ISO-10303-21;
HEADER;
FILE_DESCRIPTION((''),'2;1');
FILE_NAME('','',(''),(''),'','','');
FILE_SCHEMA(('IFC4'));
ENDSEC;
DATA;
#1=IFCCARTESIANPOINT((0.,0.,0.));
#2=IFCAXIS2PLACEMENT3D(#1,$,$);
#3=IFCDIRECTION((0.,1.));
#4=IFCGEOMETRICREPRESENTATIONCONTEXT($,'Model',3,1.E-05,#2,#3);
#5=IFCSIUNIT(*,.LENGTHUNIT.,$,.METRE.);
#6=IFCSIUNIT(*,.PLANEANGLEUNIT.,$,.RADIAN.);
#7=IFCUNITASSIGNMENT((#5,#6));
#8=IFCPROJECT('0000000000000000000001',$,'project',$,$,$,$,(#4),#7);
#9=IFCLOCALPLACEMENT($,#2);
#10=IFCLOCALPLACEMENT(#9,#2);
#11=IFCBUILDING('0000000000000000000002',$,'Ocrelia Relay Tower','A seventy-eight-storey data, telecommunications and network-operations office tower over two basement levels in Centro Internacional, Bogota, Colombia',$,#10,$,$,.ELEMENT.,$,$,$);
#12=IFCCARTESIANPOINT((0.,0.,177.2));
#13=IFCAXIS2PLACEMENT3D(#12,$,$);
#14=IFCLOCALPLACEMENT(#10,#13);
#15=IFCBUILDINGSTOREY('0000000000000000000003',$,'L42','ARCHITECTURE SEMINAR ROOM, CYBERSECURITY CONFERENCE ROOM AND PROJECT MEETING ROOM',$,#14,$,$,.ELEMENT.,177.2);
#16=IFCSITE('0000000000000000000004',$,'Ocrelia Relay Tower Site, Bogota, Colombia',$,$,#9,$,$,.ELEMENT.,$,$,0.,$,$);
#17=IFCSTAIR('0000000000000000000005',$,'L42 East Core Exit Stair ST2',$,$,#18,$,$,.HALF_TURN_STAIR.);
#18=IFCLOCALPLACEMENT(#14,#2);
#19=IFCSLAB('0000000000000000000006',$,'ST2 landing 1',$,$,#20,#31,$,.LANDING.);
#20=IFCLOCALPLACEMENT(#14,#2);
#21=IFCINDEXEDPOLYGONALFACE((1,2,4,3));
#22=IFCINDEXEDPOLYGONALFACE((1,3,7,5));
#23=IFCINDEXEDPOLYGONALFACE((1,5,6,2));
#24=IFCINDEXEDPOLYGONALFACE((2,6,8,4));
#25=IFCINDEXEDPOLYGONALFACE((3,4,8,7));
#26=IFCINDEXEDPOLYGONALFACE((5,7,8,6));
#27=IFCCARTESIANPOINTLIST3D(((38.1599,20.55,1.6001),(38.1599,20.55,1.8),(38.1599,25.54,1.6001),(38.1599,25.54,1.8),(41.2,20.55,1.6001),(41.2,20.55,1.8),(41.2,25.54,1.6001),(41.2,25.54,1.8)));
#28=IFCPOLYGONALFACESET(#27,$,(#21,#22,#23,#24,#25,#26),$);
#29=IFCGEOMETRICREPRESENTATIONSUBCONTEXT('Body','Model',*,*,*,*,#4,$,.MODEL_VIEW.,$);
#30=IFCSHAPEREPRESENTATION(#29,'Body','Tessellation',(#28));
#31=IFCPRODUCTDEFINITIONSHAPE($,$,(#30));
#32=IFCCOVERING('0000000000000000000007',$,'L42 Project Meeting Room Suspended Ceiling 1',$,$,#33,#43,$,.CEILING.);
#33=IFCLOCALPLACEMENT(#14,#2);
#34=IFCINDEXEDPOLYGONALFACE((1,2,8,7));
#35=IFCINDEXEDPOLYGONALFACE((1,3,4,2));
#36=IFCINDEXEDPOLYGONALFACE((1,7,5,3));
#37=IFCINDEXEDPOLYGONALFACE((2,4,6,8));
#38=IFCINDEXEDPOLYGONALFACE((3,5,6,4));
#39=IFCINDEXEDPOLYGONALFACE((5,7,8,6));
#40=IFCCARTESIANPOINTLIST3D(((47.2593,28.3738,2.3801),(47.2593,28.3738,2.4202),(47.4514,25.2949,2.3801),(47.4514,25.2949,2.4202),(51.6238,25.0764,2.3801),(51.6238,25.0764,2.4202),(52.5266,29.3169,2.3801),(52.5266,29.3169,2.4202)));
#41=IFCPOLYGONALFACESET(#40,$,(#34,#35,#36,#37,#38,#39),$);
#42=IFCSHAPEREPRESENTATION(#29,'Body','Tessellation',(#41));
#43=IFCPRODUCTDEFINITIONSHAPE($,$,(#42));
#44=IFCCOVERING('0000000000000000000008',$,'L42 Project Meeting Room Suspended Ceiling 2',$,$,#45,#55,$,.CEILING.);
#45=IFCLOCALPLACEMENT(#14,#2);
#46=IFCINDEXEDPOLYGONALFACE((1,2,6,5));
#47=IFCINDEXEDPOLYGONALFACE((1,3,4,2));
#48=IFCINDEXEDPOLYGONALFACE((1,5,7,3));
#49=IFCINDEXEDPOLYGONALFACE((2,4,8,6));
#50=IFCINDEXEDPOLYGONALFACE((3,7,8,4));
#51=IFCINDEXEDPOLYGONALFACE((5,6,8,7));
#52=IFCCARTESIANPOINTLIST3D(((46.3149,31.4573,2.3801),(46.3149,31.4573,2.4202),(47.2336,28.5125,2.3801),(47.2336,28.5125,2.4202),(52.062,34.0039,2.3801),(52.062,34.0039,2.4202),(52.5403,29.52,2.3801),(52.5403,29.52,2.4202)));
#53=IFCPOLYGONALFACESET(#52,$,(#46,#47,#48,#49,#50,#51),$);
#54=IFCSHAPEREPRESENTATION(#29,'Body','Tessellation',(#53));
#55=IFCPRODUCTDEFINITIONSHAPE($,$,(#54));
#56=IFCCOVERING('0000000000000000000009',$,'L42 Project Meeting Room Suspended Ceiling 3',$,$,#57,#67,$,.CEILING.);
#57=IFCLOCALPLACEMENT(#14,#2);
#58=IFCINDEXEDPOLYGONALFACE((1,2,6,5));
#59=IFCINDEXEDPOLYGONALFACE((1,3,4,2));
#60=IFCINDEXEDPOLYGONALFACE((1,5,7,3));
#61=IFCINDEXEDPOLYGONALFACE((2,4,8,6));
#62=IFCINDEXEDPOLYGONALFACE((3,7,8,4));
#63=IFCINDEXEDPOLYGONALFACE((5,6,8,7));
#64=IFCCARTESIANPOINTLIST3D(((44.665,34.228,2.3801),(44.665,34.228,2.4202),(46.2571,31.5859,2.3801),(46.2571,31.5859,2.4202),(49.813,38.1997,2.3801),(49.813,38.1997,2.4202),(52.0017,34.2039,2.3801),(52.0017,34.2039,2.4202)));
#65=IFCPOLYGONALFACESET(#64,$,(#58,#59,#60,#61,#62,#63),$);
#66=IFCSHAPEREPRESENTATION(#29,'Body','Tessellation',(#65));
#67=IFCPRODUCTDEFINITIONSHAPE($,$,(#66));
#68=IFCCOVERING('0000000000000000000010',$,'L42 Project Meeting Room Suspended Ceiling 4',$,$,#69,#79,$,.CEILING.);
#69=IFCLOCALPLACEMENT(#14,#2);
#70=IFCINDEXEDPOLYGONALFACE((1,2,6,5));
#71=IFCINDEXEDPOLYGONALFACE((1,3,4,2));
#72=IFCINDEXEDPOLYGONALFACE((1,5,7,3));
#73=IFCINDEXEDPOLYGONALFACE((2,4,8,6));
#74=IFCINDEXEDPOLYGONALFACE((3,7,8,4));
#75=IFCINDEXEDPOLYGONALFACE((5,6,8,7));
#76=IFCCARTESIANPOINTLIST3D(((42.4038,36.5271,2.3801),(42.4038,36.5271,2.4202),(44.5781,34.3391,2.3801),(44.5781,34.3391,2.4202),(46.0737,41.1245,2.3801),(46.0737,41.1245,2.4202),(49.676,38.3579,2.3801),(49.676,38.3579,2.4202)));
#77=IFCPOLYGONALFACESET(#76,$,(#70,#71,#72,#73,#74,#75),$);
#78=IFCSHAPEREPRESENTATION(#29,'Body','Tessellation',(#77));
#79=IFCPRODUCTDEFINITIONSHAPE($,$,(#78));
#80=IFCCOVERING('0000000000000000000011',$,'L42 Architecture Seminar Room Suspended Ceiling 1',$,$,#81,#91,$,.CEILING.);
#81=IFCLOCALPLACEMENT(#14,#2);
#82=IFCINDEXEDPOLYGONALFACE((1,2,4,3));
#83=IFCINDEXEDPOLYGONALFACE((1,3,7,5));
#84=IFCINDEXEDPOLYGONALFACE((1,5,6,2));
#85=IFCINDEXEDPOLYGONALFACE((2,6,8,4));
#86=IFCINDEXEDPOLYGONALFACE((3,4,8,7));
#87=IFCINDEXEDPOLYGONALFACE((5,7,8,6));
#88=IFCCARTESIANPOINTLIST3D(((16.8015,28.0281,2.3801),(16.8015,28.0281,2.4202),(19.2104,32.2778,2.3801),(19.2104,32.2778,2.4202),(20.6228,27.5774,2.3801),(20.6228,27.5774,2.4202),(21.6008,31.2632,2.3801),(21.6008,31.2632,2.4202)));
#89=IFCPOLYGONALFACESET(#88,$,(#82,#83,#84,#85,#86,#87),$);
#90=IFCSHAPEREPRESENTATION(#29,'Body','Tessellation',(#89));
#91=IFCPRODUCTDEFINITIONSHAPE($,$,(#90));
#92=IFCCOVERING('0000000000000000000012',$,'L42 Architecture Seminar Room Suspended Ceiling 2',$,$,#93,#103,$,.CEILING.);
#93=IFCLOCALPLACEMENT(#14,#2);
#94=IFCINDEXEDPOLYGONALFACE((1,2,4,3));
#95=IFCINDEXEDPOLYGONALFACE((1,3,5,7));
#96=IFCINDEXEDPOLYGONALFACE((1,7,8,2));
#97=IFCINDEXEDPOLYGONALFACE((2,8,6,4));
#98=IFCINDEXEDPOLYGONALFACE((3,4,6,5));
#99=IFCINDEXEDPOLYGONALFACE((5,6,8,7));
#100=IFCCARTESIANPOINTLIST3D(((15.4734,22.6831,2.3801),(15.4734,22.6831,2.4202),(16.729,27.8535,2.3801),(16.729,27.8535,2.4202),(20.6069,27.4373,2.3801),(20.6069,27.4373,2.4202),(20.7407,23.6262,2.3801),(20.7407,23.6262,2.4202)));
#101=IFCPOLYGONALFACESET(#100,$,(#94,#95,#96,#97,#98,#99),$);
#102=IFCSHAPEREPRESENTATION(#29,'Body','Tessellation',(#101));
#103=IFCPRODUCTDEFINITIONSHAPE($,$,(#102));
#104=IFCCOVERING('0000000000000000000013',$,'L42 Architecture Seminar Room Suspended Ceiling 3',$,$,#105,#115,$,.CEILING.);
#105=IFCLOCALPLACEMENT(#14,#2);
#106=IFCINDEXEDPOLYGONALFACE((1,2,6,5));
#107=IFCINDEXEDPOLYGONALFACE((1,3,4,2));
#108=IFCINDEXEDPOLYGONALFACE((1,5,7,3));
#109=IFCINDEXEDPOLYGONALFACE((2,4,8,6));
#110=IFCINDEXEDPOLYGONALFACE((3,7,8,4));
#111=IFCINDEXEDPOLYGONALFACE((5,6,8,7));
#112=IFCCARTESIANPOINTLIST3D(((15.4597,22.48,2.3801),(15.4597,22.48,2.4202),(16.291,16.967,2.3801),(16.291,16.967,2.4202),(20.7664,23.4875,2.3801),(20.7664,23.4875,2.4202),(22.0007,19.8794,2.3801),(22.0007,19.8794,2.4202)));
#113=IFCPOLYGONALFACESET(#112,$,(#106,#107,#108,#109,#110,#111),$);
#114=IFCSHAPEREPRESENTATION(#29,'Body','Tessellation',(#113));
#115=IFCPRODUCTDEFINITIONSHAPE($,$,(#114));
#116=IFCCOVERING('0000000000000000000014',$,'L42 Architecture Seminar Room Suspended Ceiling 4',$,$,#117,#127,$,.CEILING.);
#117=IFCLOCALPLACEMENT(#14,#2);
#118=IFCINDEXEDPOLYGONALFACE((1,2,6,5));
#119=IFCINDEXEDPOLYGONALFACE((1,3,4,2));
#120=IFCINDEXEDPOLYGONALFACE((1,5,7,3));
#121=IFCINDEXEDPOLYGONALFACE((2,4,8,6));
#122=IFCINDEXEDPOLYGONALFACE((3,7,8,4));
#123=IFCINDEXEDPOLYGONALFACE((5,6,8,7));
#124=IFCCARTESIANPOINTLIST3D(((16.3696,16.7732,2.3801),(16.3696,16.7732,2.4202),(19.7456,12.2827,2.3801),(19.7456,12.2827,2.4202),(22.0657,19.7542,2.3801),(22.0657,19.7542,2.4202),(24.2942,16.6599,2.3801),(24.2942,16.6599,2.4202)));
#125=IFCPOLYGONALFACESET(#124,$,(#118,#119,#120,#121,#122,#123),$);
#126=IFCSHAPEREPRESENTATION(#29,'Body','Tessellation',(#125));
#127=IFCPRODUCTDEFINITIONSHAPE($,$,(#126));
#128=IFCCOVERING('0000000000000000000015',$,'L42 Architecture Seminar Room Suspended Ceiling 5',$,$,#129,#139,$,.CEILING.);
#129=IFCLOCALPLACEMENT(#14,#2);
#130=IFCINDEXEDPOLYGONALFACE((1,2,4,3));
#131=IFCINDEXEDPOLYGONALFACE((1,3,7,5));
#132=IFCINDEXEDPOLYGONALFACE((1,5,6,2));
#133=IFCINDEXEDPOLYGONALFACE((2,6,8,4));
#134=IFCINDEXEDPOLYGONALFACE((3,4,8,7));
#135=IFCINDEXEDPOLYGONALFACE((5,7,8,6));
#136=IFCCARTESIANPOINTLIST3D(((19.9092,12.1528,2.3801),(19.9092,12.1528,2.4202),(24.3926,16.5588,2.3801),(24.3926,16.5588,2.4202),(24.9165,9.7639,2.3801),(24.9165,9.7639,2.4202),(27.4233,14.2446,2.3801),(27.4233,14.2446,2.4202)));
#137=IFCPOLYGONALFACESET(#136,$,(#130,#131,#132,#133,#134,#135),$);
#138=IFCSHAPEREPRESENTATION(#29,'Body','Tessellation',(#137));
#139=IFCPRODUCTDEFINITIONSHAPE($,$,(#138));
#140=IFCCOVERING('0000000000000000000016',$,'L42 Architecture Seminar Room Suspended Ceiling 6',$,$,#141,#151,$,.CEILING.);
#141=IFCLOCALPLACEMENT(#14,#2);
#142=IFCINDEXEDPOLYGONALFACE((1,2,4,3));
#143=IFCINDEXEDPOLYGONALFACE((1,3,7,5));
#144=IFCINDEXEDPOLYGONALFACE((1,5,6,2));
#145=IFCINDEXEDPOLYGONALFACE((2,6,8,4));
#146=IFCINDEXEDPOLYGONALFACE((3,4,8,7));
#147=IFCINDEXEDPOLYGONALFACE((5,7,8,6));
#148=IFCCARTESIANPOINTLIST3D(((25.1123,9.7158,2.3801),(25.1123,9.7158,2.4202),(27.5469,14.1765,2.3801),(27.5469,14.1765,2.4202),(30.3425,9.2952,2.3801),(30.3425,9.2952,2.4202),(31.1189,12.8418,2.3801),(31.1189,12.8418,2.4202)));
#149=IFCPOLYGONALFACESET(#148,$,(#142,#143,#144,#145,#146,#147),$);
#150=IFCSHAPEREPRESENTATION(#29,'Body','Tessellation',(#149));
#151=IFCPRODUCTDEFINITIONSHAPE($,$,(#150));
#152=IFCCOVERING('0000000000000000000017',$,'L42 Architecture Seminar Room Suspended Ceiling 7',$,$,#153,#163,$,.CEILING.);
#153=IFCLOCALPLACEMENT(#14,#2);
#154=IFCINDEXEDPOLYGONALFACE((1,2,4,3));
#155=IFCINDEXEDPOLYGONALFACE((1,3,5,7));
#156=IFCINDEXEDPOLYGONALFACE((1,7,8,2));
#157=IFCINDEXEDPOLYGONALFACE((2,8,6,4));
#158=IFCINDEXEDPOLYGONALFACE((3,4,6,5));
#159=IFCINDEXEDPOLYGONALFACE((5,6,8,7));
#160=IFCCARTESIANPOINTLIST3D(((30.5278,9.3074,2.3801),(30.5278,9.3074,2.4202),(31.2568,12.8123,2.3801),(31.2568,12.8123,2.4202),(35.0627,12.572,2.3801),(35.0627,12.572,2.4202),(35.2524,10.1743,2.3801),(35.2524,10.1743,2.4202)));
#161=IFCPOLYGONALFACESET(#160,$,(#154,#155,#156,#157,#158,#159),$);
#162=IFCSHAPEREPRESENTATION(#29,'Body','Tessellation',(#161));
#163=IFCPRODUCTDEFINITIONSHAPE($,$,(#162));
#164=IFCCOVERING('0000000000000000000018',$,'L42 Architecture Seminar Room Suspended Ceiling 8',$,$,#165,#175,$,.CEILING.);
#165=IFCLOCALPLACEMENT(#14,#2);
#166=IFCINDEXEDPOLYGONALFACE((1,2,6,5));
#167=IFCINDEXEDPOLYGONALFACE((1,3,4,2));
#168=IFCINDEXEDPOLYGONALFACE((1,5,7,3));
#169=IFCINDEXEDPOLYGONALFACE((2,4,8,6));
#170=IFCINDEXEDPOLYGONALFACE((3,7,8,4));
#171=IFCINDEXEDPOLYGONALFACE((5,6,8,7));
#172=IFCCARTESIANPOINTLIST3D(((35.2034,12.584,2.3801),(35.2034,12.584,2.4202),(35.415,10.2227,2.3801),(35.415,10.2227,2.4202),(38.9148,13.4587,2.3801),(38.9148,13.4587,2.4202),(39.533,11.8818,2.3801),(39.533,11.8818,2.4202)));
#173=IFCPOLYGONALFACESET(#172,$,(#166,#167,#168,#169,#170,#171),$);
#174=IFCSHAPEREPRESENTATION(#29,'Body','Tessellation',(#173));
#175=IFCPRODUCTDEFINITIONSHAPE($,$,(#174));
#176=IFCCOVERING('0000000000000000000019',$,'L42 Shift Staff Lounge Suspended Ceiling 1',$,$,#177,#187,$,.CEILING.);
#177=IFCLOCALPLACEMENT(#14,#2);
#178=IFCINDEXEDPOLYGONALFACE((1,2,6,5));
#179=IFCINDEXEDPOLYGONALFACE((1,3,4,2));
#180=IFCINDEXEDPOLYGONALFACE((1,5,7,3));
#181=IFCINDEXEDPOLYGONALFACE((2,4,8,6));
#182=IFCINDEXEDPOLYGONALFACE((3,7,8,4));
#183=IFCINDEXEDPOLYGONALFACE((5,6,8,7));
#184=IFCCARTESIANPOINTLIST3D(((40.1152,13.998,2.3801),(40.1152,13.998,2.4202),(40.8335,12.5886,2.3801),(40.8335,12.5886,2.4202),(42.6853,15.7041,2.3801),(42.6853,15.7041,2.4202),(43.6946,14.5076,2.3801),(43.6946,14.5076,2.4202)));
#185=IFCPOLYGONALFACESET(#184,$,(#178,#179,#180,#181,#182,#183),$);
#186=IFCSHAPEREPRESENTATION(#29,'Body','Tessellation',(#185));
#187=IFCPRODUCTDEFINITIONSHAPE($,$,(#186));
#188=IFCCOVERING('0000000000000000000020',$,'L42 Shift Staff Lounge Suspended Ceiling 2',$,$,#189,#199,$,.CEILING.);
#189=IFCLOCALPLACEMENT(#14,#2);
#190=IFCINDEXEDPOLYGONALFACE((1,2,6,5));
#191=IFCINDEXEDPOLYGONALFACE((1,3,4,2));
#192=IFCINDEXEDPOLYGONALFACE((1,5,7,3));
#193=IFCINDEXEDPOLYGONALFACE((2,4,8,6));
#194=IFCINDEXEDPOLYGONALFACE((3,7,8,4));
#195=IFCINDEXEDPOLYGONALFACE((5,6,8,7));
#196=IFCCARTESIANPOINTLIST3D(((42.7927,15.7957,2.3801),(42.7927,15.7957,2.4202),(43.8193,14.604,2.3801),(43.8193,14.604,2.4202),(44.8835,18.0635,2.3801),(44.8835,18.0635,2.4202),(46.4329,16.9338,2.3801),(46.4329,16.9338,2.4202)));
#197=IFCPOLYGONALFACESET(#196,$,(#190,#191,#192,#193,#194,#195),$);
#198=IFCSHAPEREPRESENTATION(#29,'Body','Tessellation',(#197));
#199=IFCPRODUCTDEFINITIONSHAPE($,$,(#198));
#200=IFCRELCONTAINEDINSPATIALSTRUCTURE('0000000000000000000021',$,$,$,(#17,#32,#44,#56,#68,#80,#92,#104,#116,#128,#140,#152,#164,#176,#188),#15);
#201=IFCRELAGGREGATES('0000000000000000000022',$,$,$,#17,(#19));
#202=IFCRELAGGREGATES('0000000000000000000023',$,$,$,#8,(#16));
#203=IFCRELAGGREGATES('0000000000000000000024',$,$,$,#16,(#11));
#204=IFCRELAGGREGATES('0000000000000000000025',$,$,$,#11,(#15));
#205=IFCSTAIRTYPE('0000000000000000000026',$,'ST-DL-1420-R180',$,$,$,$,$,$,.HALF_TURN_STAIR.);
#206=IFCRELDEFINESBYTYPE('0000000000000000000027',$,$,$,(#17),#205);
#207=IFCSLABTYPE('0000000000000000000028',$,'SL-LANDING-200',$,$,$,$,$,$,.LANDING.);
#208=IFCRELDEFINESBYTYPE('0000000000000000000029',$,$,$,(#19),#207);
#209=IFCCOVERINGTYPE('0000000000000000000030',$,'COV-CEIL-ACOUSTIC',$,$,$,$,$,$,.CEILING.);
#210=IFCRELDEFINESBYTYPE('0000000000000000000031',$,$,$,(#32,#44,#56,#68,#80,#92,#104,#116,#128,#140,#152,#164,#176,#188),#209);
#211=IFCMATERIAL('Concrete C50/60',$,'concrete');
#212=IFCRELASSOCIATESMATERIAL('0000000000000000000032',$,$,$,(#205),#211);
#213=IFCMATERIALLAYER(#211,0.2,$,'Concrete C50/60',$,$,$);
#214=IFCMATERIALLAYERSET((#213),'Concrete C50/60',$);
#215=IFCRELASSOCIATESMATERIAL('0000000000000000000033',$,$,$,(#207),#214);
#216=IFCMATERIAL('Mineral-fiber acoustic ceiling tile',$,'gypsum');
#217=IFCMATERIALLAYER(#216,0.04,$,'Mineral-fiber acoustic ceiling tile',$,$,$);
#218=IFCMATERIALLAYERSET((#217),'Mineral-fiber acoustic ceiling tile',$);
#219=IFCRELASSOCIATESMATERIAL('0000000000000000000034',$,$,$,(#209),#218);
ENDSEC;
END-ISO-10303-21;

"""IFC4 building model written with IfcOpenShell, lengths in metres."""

from ifc_helpers import new_model, si_unit, direction, frame, origin, place, context, subcontext, project, spatial, polyline, outline, extrude, material, layer, layer_set, type_object, element, aggregate, save


model = new_model("IFC4")

# Units and contexts
model_context = context("Model", 3, precision=1e-05, world=origin(), true_north=direction((0.0, 1.0)))
body_context = subcontext(model_context, "Body", "Model", "MODEL_VIEW")
ifc_project = project(units=[si_unit("LENGTHUNIT", "METRE"), si_unit("PLANEANGLEUNIT", "RADIAN")], contexts=[model_context])

# Site, building, storey
site_placement = place(None, origin())
site = spatial("IfcSite", under=ifc_project, at=site_placement, Name="Ocrelia Relay Tower Site, Bogota, Colombia", CompositionType="ELEMENT", RefElevation=0.0)
building_placement = place(site_placement, origin())
building = spatial("IfcBuilding", under=site, at=building_placement, Name="Ocrelia Relay Tower", Description="A seventy-eight-storey data, telecommunications and network-operations office tower over two basement levels in Centro Internacional, Bogota, Colombia", CompositionType="ELEMENT")
storey_placement = place(building_placement, frame((0.0, 0.0, 177.2)))
storey = spatial("IfcBuildingStorey", under=building, at=storey_placement, Name="L42", Description="ARCHITECTURE SEMINAR ROOM, CYBERSECURITY CONFERENCE ROOM AND PROJECT MEETING ROOM", CompositionType="ELEMENT", Elevation=177.2)

# Shared definitions
ifc_material_1 = material(Name="Concrete C50/60", Category="concrete")

# Stair, slab
stair_type = type_object("IfcStairType", Name="ST-DL-1420-R180", PredefinedType="HALF_TURN_STAIR", material=ifc_material_1)
ifc_layer_1 = layer(ifc_material_1, 0.2, Name="Concrete C50/60")
ifc_layer_set_1 = layer_set([ifc_layer_1], Name="Concrete C50/60")
slab_type_1 = type_object("IfcSlabType", Name="SL-LANDING-200", PredefinedType="LANDING", material=ifc_layer_set_1)
stair_1_placement = place(storey_placement, origin())
stair_1 = element("IfcStair", 1, at=stair_1_placement, inside=storey, type_object=stair_type, Name="L42 East Core Exit Stair ST2", PredefinedType="HALF_TURN_STAIR")
slab_1_placement = place(storey_placement, frame((0.0, 0.0, 1.6001)))
slab_1 = element("IfcSlab", 2, at=slab_1_placement, type_object=slab_type_1, Name="ST2 landing 1", PredefinedType="LANDING", context=body_context, shape_type="SweptSolid", body=[
    extrude(outline(polyline([(38.1599, 25.54), (38.1599, 20.55), (41.2, 20.55), (41.2, 25.54), (38.1599, 25.54)])), origin(), (0.0, 0.0, 1.0), 0.2),
])
aggregate(stair_1, [slab_1])

# Coverings
ifc_material_2 = material(Name="Mineral-fiber acoustic ceiling tile", Category="gypsum")
ifc_layer_2 = layer(ifc_material_2, 0.04, Name="Mineral-fiber acoustic ceiling tile")
ifc_layer_set_2 = layer_set([ifc_layer_2], Name="Mineral-fiber acoustic ceiling tile")
covering_type = type_object("IfcCoveringType", Name="COV-CEIL-ACOUSTIC", PredefinedType="CEILING", material=ifc_layer_set_2)
covering_1_placement = place(storey_placement, frame((0.0, 0.0, 2.3801)))
element("IfcCovering", 3, at=covering_1_placement, inside=storey, type_object=covering_type, Name="L42 Project Meeting Room Suspended Ceiling 1", PredefinedType="CEILING", context=body_context, shape_type="SweptSolid", body=[
    extrude(outline(polyline([(47.4514, 25.2949), (51.6238, 25.0764), (52.5266, 29.3169), (47.2593, 28.3738), (47.4514, 25.2949)])), origin(), (0.0, 0.0, 1.0), 0.04),
])
covering_2_placement = place(storey_placement, frame((0.0, 0.0, 2.3801)))
element("IfcCovering", 4, at=covering_2_placement, inside=storey, type_object=covering_type, Name="L42 Project Meeting Room Suspended Ceiling 2", PredefinedType="CEILING", context=body_context, shape_type="SweptSolid", body=[
    extrude(outline(polyline([(47.2336, 28.5125), (52.5403, 29.52), (52.062, 34.0039), (46.3149, 31.4573), (47.2336, 28.5125)])), origin(), (0.0, 0.0, 1.0), 0.04),
])
covering_3_placement = place(storey_placement, frame((0.0, 0.0, 2.3801)))
element("IfcCovering", 5, at=covering_3_placement, inside=storey, type_object=covering_type, Name="L42 Project Meeting Room Suspended Ceiling 3", PredefinedType="CEILING", context=body_context, shape_type="SweptSolid", body=[
    extrude(outline(polyline([(46.2571, 31.5859), (52.0017, 34.2039), (49.813, 38.1997), (44.665, 34.228), (46.2571, 31.5859)])), origin(), (0.0, 0.0, 1.0), 0.04),
])
covering_4_placement = place(storey_placement, frame((0.0, 0.0, 2.3801)))
element("IfcCovering", 6, at=covering_4_placement, inside=storey, type_object=covering_type, Name="L42 Project Meeting Room Suspended Ceiling 4", PredefinedType="CEILING", context=body_context, shape_type="SweptSolid", body=[
    extrude(outline(polyline([(44.5781, 34.3391), (49.676, 38.3579), (46.0737, 41.1245), (42.4038, 36.5271), (44.5781, 34.3391)])), origin(), (0.0, 0.0, 1.0), 0.04),
])
covering_5_placement = place(storey_placement, frame((0.0, 0.0, 2.3801)))
element("IfcCovering", 7, at=covering_5_placement, inside=storey, type_object=covering_type, Name="L42 Architecture Seminar Room Suspended Ceiling 1", PredefinedType="CEILING", context=body_context, shape_type="SweptSolid", body=[
    extrude(outline(polyline([(21.6008, 31.2632), (19.2104, 32.2778), (16.8015, 28.0281), (20.6228, 27.5774), (21.6008, 31.2632)])), origin(), (0.0, 0.0, 1.0), 0.04),
])
covering_6_placement = place(storey_placement, frame((0.0, 0.0, 2.3801)))
element("IfcCovering", 8, at=covering_6_placement, inside=storey, type_object=covering_type, Name="L42 Architecture Seminar Room Suspended Ceiling 2", PredefinedType="CEILING", context=body_context, shape_type="SweptSolid", body=[
    extrude(outline(polyline([(20.6069, 27.4373), (16.729, 27.8535), (15.4734, 22.6831), (20.7407, 23.6262), (20.6069, 27.4373)])), origin(), (0.0, 0.0, 1.0), 0.04),
])
covering_7_placement = place(storey_placement, frame((0.0, 0.0, 2.3801)))
element("IfcCovering", 9, at=covering_7_placement, inside=storey, type_object=covering_type, Name="L42 Architecture Seminar Room Suspended Ceiling 3", PredefinedType="CEILING", context=body_context, shape_type="SweptSolid", body=[
    extrude(outline(polyline([(20.7664, 23.4875), (15.4597, 22.48), (16.291, 16.967), (22.0007, 19.8794), (20.7664, 23.4875)])), origin(), (0.0, 0.0, 1.0), 0.04),
])
covering_8_placement = place(storey_placement, frame((0.0, 0.0, 2.3801)))
element("IfcCovering", 10, at=covering_8_placement, inside=storey, type_object=covering_type, Name="L42 Architecture Seminar Room Suspended Ceiling 4", PredefinedType="CEILING", context=body_context, shape_type="SweptSolid", body=[
    extrude(outline(polyline([(22.0657, 19.7542), (16.3696, 16.7732), (19.7456, 12.2827), (24.2942, 16.6599), (22.0657, 19.7542)])), origin(), (0.0, 0.0, 1.0), 0.04),
])
covering_9_placement = place(storey_placement, frame((0.0, 0.0, 2.3801)))
element("IfcCovering", 11, at=covering_9_placement, inside=storey, type_object=covering_type, Name="L42 Architecture Seminar Room Suspended Ceiling 5", PredefinedType="CEILING", context=body_context, shape_type="SweptSolid", body=[
    extrude(outline(polyline([(24.3926, 16.5588), (19.9092, 12.1528), (24.9165, 9.7639), (27.4233, 14.2446), (24.3926, 16.5588)])), origin(), (0.0, 0.0, 1.0), 0.04),
])
covering_10_placement = place(storey_placement, frame((0.0, 0.0, 2.3801)))
element("IfcCovering", 12, at=covering_10_placement, inside=storey, type_object=covering_type, Name="L42 Architecture Seminar Room Suspended Ceiling 6", PredefinedType="CEILING", context=body_context, shape_type="SweptSolid", body=[
    extrude(outline(polyline([(27.5469, 14.1765), (25.1123, 9.7158), (30.3425, 9.2952), (31.1189, 12.8418), (27.5469, 14.1765)])), origin(), (0.0, 0.0, 1.0), 0.04),
])
covering_11_placement = place(storey_placement, frame((0.0, 0.0, 2.3801)))
element("IfcCovering", 13, at=covering_11_placement, inside=storey, type_object=covering_type, Name="L42 Architecture Seminar Room Suspended Ceiling 7", PredefinedType="CEILING", context=body_context, shape_type="SweptSolid", body=[
    extrude(outline(polyline([(31.2568, 12.8123), (30.5278, 9.3074), (35.2524, 10.1743), (35.0627, 12.572), (31.2568, 12.8123)])), origin(), (0.0, 0.0, 1.0), 0.04),
])
covering_12_placement = place(storey_placement, frame((0.0, 0.0, 2.3801)))
element("IfcCovering", 14, at=covering_12_placement, inside=storey, type_object=covering_type, Name="L42 Architecture Seminar Room Suspended Ceiling 8", PredefinedType="CEILING", context=body_context, shape_type="SweptSolid", body=[
    extrude(outline(polyline([(35.2034, 12.584), (35.415, 10.2227), (39.533, 11.8818), (38.9148, 13.4587), (35.2034, 12.584)])), origin(), (0.0, 0.0, 1.0), 0.04),
])
covering_13_placement = place(storey_placement, frame((0.0, 0.0, 2.3801)))
element("IfcCovering", 15, at=covering_13_placement, inside=storey, type_object=covering_type, Name="L42 Shift Staff Lounge Suspended Ceiling 1", PredefinedType="CEILING", context=body_context, shape_type="SweptSolid", body=[
    extrude(outline(polyline([(40.1152, 13.998), (40.8335, 12.5886), (43.6946, 14.5076), (42.6853, 15.7041), (40.1152, 13.998)])), origin(), (0.0, 0.0, 1.0), 0.04),
])
covering_14_placement = place(storey_placement, frame((0.0, 0.0, 2.3801)))
element("IfcCovering", 16, at=covering_14_placement, inside=storey, type_object=covering_type, Name="L42 Shift Staff Lounge Suspended Ceiling 2", PredefinedType="CEILING", context=body_context, shape_type="SweptSolid", body=[
    extrude(outline(polyline([(42.7927, 15.7957), (43.8193, 14.604), (46.4329, 16.9338), (44.8835, 18.0635), (42.7927, 15.7957)])), origin(), (0.0, 0.0, 1.0), 0.04),
])

save(model, "model.ifc")
